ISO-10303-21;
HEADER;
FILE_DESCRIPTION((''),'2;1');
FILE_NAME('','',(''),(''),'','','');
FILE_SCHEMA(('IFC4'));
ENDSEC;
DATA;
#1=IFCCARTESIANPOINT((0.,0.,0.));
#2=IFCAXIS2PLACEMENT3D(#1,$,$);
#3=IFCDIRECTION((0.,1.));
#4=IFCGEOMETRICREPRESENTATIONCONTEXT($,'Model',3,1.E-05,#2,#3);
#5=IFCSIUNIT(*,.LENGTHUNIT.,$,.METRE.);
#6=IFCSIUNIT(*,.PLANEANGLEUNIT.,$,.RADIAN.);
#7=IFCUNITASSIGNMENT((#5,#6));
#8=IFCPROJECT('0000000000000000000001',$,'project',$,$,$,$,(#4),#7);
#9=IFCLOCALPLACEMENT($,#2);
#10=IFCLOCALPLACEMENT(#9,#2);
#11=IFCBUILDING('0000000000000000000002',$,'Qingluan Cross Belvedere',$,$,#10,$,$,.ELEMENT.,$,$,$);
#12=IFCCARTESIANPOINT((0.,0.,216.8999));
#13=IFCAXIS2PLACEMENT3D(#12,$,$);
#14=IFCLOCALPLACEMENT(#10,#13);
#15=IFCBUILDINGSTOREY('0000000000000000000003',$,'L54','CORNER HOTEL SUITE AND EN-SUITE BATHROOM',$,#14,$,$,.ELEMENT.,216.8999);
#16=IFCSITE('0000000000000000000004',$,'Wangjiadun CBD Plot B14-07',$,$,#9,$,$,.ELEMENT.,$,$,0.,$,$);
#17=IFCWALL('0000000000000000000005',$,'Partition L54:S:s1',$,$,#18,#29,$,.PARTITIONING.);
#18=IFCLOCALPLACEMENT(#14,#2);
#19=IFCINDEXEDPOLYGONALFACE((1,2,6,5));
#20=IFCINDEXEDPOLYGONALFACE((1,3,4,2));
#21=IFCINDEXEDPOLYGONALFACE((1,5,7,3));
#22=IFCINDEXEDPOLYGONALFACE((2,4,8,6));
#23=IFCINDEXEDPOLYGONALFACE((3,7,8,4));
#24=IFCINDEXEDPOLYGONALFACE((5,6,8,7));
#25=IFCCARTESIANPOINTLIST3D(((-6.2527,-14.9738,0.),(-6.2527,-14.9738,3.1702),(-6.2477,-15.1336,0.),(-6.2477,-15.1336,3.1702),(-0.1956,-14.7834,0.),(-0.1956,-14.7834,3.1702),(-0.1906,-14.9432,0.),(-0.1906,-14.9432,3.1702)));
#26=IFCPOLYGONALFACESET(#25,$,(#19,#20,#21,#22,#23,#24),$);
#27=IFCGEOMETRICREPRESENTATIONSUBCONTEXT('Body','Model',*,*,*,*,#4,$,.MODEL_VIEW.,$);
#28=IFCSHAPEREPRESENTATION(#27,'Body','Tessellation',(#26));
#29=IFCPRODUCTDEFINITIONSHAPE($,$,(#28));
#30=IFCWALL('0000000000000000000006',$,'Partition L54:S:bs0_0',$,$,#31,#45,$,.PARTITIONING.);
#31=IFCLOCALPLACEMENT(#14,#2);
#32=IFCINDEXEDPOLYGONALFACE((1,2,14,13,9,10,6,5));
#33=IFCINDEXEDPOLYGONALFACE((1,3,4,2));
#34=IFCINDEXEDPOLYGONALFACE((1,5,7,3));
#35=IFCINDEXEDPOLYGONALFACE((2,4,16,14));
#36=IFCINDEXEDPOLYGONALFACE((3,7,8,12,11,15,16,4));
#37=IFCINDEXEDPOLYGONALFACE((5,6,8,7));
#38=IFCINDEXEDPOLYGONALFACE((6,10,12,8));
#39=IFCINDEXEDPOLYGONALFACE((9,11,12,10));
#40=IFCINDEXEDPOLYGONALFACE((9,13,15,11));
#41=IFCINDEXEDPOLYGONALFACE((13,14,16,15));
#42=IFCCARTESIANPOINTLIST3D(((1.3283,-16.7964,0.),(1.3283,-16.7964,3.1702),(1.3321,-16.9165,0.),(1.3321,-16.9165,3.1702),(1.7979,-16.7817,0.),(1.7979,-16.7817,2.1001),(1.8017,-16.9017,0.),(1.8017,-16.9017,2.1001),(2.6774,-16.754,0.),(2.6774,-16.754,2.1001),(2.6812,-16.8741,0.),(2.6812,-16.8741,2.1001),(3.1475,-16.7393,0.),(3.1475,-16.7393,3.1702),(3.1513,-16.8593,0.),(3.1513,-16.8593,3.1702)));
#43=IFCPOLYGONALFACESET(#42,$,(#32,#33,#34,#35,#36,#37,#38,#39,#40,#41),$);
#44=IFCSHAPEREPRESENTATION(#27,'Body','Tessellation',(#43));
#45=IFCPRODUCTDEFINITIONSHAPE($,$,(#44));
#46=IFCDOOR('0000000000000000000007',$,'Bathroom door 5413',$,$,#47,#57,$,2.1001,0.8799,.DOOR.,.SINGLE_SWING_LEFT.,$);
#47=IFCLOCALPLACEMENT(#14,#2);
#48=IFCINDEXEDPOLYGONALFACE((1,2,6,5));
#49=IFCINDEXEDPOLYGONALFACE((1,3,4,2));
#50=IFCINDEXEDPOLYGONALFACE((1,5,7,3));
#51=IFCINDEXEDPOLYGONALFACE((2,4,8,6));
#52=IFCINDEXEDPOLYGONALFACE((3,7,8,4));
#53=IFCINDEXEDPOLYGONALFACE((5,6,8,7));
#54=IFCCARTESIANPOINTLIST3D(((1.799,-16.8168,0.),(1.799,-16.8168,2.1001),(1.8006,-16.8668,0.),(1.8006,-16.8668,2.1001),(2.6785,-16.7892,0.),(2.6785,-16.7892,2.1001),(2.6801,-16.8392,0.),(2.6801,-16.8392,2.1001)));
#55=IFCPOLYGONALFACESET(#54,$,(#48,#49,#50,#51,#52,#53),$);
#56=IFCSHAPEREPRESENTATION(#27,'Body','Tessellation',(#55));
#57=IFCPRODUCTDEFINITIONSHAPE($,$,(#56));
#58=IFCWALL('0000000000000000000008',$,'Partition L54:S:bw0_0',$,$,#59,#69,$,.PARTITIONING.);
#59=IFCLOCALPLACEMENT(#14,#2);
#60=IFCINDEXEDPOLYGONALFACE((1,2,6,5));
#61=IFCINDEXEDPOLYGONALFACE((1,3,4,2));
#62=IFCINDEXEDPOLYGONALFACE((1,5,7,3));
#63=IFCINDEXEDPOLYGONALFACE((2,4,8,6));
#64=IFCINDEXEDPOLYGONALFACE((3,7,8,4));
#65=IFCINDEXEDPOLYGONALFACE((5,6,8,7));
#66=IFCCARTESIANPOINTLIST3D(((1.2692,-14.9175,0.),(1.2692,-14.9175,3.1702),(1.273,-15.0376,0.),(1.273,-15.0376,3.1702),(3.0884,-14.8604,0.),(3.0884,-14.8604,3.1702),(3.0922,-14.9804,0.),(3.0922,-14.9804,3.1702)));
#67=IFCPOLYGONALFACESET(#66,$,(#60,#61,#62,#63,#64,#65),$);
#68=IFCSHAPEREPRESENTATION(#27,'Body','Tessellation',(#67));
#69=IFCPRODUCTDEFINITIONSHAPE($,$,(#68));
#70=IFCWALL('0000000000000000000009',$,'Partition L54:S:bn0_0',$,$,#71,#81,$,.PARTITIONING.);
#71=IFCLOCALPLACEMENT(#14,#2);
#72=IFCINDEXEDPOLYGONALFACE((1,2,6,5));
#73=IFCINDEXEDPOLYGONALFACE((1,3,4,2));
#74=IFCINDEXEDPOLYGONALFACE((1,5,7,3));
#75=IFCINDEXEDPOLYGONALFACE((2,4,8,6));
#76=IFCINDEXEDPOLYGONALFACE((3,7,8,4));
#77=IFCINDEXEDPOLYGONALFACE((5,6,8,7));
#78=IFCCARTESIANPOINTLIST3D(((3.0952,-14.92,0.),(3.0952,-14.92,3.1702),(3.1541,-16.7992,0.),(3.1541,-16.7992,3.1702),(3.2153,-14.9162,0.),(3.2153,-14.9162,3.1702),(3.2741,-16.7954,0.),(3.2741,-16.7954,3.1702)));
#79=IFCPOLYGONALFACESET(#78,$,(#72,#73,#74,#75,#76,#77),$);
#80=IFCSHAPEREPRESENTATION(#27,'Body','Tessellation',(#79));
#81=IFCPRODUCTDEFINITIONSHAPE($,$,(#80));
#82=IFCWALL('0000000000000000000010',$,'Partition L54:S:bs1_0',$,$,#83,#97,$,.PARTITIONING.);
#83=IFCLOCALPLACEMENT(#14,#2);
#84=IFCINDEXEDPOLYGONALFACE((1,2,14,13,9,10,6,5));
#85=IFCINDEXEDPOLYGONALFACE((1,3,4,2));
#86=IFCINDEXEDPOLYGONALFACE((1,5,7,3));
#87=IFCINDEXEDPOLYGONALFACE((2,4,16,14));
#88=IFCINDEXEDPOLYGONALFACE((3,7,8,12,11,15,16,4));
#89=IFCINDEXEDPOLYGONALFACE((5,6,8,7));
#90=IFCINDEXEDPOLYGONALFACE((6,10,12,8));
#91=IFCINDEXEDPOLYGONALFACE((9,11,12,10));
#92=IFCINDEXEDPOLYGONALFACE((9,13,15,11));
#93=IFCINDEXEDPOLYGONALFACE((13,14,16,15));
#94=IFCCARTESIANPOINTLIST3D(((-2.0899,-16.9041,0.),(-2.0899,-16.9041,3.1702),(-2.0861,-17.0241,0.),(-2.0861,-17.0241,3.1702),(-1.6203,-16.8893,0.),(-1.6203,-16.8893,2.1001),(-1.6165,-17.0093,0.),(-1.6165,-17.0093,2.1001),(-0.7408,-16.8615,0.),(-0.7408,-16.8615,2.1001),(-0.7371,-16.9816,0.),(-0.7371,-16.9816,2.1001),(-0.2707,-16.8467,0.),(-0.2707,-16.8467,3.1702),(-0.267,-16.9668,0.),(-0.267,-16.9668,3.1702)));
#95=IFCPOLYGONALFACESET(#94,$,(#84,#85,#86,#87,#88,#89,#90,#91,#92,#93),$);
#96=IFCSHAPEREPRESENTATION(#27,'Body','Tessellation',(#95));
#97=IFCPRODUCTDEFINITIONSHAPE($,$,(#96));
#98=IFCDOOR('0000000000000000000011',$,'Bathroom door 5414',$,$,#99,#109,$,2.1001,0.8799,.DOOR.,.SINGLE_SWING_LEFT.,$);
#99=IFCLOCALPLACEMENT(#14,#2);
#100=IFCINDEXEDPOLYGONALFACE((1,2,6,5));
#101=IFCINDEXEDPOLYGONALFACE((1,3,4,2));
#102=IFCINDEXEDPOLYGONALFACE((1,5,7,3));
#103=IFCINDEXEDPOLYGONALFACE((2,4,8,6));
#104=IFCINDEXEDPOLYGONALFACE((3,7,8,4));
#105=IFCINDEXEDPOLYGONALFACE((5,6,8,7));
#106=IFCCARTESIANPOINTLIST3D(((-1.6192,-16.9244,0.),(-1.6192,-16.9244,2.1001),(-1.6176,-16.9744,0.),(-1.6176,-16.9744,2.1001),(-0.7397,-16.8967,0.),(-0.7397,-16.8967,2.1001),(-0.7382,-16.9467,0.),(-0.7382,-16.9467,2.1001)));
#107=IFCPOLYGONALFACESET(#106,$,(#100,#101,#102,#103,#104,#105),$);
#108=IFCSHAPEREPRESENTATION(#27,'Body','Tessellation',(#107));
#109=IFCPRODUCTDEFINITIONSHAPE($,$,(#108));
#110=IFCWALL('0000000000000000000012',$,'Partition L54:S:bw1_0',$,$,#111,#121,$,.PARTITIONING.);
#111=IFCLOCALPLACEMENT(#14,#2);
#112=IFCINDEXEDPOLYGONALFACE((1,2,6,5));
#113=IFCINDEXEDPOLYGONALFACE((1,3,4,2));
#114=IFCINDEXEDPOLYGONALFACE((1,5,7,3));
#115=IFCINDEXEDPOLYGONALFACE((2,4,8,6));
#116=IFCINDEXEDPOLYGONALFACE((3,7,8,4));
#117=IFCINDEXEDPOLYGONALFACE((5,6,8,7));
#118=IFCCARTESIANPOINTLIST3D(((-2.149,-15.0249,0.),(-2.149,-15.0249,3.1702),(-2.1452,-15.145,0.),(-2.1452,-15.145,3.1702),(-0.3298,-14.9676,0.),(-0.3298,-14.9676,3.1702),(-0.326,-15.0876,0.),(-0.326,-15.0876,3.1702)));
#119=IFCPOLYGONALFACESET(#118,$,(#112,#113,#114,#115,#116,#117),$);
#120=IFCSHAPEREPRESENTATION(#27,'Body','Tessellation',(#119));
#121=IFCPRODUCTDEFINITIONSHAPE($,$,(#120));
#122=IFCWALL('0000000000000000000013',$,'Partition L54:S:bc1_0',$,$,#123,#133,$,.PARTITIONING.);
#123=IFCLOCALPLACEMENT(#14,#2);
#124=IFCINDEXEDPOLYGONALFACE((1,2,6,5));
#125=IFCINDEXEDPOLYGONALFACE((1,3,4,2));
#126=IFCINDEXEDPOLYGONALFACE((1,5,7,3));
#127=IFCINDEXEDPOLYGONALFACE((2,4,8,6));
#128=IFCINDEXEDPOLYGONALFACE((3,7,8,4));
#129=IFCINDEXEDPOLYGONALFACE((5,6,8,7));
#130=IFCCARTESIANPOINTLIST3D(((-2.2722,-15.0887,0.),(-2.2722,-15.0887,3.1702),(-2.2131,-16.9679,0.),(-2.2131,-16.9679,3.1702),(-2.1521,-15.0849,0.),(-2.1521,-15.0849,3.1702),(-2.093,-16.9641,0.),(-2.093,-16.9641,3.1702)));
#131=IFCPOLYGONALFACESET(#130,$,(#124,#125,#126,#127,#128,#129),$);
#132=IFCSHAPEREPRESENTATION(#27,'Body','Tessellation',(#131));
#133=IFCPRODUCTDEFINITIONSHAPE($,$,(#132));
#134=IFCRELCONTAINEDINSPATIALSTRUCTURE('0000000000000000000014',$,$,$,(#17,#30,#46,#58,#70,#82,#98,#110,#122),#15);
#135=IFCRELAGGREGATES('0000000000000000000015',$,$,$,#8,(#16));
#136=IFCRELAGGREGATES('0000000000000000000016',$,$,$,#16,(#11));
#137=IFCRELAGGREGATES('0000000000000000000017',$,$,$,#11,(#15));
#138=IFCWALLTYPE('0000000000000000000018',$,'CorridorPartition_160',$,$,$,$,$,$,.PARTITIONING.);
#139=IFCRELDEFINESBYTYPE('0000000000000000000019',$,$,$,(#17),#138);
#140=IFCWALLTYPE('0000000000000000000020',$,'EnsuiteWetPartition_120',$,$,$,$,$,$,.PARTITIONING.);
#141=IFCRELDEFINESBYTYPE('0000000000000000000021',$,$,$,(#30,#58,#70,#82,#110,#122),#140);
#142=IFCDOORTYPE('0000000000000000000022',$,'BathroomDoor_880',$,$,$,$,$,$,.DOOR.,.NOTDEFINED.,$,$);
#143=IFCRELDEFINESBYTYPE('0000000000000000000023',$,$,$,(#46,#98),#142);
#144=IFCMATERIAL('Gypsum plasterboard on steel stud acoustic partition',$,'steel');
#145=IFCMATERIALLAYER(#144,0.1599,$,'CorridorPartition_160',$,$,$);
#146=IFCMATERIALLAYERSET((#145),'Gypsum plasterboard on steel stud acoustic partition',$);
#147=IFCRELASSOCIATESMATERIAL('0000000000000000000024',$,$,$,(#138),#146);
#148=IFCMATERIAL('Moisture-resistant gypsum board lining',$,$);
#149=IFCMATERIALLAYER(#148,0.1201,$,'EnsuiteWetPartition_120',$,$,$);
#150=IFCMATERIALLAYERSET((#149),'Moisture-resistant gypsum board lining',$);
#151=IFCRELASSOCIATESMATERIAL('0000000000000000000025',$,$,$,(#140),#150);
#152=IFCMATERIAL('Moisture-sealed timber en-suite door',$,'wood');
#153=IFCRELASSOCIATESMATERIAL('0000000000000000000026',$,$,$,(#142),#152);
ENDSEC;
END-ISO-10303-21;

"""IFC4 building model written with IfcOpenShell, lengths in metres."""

from ifc_helpers import new_model, si_unit, direction, frame, frame_2d, origin, place, context, subcontext, project, spatial, rectangle, extrude, material, layer, layer_set, type_object, element, fill, save


model = new_model("IFC4")

# Units and contexts
model_context = context("Model", 3, precision=1e-05, world=origin(), true_north=direction((0.0, 1.0)))
body_context = subcontext(model_context, "Body", "Model", "MODEL_VIEW")
ifc_project = project(units=[si_unit("LENGTHUNIT", "METRE"), si_unit("PLANEANGLEUNIT", "RADIAN")], contexts=[model_context])

# Site, building, storey
site_placement = place(None, origin())
site = spatial("IfcSite", under=ifc_project, at=site_placement, Name="Wangjiadun CBD Plot B14-07", CompositionType="ELEMENT", RefElevation=0.0)
building_placement = place(site_placement, origin())
building = spatial("IfcBuilding", under=site, at=building_placement, Name="Qingluan Cross Belvedere", CompositionType="ELEMENT")
storey_placement = place(building_placement, frame((0.0, 0.0, 216.8999)))
storey = spatial("IfcBuildingStorey", under=building, at=storey_placement, Name="L54", Description="CORNER HOTEL SUITE AND EN-SUITE BATHROOM", CompositionType="ELEMENT", Elevation=216.8999)

# Shared definitions
ifc_material_1 = material(Name="Gypsum plasterboard on steel stud acoustic partition", Category="steel")
ifc_layer_1 = layer(ifc_material_1, 0.1599, Name="CorridorPartition_160")
ifc_layer_set_1 = layer_set([ifc_layer_1], Name="Gypsum plasterboard on steel stud acoustic partition")
wall_type_1 = type_object("IfcWallType", Name="CorridorPartition_160", PredefinedType="PARTITIONING", material=ifc_layer_set_1)

# Wall
wall_1_placement = place(storey_placement, frame((-0.1931, -14.8633, 0.0), z_axis=(0.0, 0.0, 1.0), x_axis=(-0.999506, -0.031423, 0.0)))
element("IfcWall", 1, at=wall_1_placement, inside=storey, type_object=wall_type_1, Name="Partition L54:S:s1", PredefinedType="PARTITIONING", context=body_context, shape_type="SweptSolid", body=[
    extrude(rectangle(XDim=6.0601, YDim=0.1599, at=frame_2d((3.03, 0.0))), origin(), (0.0, 0.0, 1.0), 3.1702),
])

# Wall, opening, door
ifc_material_2 = material(Name="Moisture-resistant gypsum board lining")
ifc_layer_2 = layer(ifc_material_2, 0.1201, Name="EnsuiteWetPartition_120")
ifc_layer_set_2 = layer_set([ifc_layer_2], Name="Moisture-resistant gypsum board lining")
wall_type_2 = type_object("IfcWallType", Name="EnsuiteWetPartition_120", PredefinedType="PARTITIONING", material=ifc_layer_set_2)
wall_2_placement = place(storey_placement, frame((1.3301, -16.8564, 0.0), z_axis=(0.0, 0.0, 1.0), x_axis=(0.999507, 0.03139, 0.0)))
wall_2 = element("IfcWall", 2, at=wall_2_placement, inside=storey, type_object=wall_type_2, Name="Partition L54:S:bs0_0", PredefinedType="PARTITIONING", context=body_context, shape_type="SweptSolid", body=[
    extrude(rectangle(XDim=1.8201, YDim=0.1201, at=frame_2d((0.9102, 0.0))), origin(), (0.0, 0.0, 1.0), 3.1702),
])
opening_1_placement = place(wall_2_placement, frame((0.47, 0.0, 0.0)))
opening_1 = element("IfcOpeningElement", 3, at=opening_1_placement, cuts=wall_2, PredefinedType="OPENING", context=body_context, shape_type="SweptSolid", body=[
    extrude(rectangle(XDim=0.8799, YDim=2.1001, at=frame_2d((0.4399, 1.05))), frame((0.0, 0.0701, 0.0), z_axis=(0.0, -1.0, 0.0), x_axis=(1.0, 0.0, 0.0)), (0.0, 0.0, 1.0), 0.1401),
])
ifc_material_3 = material(Name="Moisture-sealed timber en-suite door", Category="wood")
door_type_1 = type_object("IfcDoorType", Name="BathroomDoor_880", OperationType="NOTDEFINED", PredefinedType="DOOR", material=ifc_material_3)
door_1_placement = place(opening_1_placement, origin())
door_1 = element("IfcDoor", 4, at=door_1_placement, inside=storey, type_object=door_type_1, Name="Bathroom door 5413", OperationType="SINGLE_SWING_LEFT", OverallHeight=2.1001, OverallWidth=0.8799, PredefinedType="DOOR", context=body_context, shape_type="SweptSolid", body=[
    extrude(rectangle(XDim=0.8799, YDim=2.1001, at=frame_2d((0.4399, 1.05))), frame((0.0, 0.0249, 0.0), z_axis=(0.0, -1.0, 0.0), x_axis=(1.0, 0.0, 0.0)), (0.0, 0.0, 1.0), 0.05),
])
fill(opening_1, door_1)

# Walls
wall_3_placement = place(storey_placement, frame((1.271, -14.9775, 0.0), z_axis=(0.0, 0.0, 1.0), x_axis=(0.999507, 0.03139, 0.0)))
element("IfcWall", 5, at=wall_3_placement, inside=storey, type_object=wall_type_2, Name="Partition L54:S:bw0_0", PredefinedType="PARTITIONING", context=body_context, shape_type="SweptSolid", body=[
    extrude(rectangle(XDim=1.8201, YDim=0.1201, at=frame_2d((0.9102, 0.0))), origin(), (0.0, 0.0, 1.0), 3.1702),
])
wall_4_placement = place(storey_placement, frame((3.1553, -14.9182, 0.0), z_axis=(0.0, 0.0, 1.0), x_axis=(0.031296, -0.99951, 0.0)))
element("IfcWall", 6, at=wall_4_placement, inside=storey, type_object=wall_type_2, Name="Partition L54:S:bn0_0", PredefinedType="PARTITIONING", context=body_context, shape_type="SweptSolid", body=[
    extrude(rectangle(XDim=1.8801, YDim=0.1201, at=frame_2d((0.9399, 0.0))), origin(), (0.0, 0.0, 1.0), 3.1702),
])

# Wall, opening, door
wall_5_placement = place(storey_placement, frame((-2.0881, -16.9641, 0.0), z_axis=(0.0, 0.0, 1.0), x_axis=(0.999503, 0.031524, 0.0)))
wall_5 = element("IfcWall", 7, at=wall_5_placement, inside=storey, type_object=wall_type_2, Name="Partition L54:S:bs1_0", PredefinedType="PARTITIONING", context=body_context, shape_type="SweptSolid", body=[
    extrude(rectangle(XDim=1.8201, YDim=0.1201, at=frame_2d((0.9102, 0.0))), origin(), (0.0, 0.0, 1.0), 3.1702),
])
opening_2_placement = place(wall_5_placement, frame((0.47, 0.0, 0.0)))
opening_2 = element("IfcOpeningElement", 8, at=opening_2_placement, cuts=wall_5, PredefinedType="OPENING", context=body_context, shape_type="SweptSolid", body=[
    extrude(rectangle(XDim=0.8799, YDim=2.1001, at=frame_2d((0.4399, 1.05))), frame((0.0, 0.0701, 0.0), z_axis=(0.0, -1.0, 0.0), x_axis=(1.0, 0.0, 0.0)), (0.0, 0.0, 1.0), 0.1401),
])
door_2_placement = place(opening_2_placement, origin())
door_2 = element("IfcDoor", 9, at=door_2_placement, inside=storey, type_object=door_type_1, Name="Bathroom door 5414", OperationType="SINGLE_SWING_LEFT", OverallHeight=2.1001, OverallWidth=0.8799, PredefinedType="DOOR", context=body_context, shape_type="SweptSolid", body=[
    extrude(rectangle(XDim=0.8799, YDim=2.1001, at=frame_2d((0.4399, 1.05))), frame((0.0, 0.0249, 0.0), z_axis=(0.0, -1.0, 0.0), x_axis=(1.0, 0.0, 0.0)), (0.0, 0.0, 1.0), 0.05),
])
fill(opening_2, door_2)

# Walls
wall_6_placement = place(storey_placement, frame((-2.1472, -15.085, 0.0), z_axis=(0.0, 0.0, 1.0), x_axis=(0.999503, 0.031524, 0.0)))
element("IfcWall", 10, at=wall_6_placement, inside=storey, type_object=wall_type_2, Name="Partition L54:S:bw1_0", PredefinedType="PARTITIONING", context=body_context, shape_type="SweptSolid", body=[
    extrude(rectangle(XDim=1.8201, YDim=0.1201, at=frame_2d((0.9102, 0.0))), origin(), (0.0, 0.0, 1.0), 3.1702),
])
wall_7_placement = place(storey_placement, frame((-2.2122, -15.0869, 0.0), z_axis=(0.0, 0.0, 1.0), x_axis=(0.031425, -0.999506, 0.0)))
element("IfcWall", 11, at=wall_7_placement, inside=storey, type_object=wall_type_2, Name="Partition L54:S:bc1_0", PredefinedType="PARTITIONING", context=body_context, shape_type="SweptSolid", body=[
    extrude(rectangle(XDim=1.8801, YDim=0.1201, at=frame_2d((0.9399, 0.0))), origin(), (0.0, 0.0, 1.0), 3.1702),
])

save(model, "model.ifc")
